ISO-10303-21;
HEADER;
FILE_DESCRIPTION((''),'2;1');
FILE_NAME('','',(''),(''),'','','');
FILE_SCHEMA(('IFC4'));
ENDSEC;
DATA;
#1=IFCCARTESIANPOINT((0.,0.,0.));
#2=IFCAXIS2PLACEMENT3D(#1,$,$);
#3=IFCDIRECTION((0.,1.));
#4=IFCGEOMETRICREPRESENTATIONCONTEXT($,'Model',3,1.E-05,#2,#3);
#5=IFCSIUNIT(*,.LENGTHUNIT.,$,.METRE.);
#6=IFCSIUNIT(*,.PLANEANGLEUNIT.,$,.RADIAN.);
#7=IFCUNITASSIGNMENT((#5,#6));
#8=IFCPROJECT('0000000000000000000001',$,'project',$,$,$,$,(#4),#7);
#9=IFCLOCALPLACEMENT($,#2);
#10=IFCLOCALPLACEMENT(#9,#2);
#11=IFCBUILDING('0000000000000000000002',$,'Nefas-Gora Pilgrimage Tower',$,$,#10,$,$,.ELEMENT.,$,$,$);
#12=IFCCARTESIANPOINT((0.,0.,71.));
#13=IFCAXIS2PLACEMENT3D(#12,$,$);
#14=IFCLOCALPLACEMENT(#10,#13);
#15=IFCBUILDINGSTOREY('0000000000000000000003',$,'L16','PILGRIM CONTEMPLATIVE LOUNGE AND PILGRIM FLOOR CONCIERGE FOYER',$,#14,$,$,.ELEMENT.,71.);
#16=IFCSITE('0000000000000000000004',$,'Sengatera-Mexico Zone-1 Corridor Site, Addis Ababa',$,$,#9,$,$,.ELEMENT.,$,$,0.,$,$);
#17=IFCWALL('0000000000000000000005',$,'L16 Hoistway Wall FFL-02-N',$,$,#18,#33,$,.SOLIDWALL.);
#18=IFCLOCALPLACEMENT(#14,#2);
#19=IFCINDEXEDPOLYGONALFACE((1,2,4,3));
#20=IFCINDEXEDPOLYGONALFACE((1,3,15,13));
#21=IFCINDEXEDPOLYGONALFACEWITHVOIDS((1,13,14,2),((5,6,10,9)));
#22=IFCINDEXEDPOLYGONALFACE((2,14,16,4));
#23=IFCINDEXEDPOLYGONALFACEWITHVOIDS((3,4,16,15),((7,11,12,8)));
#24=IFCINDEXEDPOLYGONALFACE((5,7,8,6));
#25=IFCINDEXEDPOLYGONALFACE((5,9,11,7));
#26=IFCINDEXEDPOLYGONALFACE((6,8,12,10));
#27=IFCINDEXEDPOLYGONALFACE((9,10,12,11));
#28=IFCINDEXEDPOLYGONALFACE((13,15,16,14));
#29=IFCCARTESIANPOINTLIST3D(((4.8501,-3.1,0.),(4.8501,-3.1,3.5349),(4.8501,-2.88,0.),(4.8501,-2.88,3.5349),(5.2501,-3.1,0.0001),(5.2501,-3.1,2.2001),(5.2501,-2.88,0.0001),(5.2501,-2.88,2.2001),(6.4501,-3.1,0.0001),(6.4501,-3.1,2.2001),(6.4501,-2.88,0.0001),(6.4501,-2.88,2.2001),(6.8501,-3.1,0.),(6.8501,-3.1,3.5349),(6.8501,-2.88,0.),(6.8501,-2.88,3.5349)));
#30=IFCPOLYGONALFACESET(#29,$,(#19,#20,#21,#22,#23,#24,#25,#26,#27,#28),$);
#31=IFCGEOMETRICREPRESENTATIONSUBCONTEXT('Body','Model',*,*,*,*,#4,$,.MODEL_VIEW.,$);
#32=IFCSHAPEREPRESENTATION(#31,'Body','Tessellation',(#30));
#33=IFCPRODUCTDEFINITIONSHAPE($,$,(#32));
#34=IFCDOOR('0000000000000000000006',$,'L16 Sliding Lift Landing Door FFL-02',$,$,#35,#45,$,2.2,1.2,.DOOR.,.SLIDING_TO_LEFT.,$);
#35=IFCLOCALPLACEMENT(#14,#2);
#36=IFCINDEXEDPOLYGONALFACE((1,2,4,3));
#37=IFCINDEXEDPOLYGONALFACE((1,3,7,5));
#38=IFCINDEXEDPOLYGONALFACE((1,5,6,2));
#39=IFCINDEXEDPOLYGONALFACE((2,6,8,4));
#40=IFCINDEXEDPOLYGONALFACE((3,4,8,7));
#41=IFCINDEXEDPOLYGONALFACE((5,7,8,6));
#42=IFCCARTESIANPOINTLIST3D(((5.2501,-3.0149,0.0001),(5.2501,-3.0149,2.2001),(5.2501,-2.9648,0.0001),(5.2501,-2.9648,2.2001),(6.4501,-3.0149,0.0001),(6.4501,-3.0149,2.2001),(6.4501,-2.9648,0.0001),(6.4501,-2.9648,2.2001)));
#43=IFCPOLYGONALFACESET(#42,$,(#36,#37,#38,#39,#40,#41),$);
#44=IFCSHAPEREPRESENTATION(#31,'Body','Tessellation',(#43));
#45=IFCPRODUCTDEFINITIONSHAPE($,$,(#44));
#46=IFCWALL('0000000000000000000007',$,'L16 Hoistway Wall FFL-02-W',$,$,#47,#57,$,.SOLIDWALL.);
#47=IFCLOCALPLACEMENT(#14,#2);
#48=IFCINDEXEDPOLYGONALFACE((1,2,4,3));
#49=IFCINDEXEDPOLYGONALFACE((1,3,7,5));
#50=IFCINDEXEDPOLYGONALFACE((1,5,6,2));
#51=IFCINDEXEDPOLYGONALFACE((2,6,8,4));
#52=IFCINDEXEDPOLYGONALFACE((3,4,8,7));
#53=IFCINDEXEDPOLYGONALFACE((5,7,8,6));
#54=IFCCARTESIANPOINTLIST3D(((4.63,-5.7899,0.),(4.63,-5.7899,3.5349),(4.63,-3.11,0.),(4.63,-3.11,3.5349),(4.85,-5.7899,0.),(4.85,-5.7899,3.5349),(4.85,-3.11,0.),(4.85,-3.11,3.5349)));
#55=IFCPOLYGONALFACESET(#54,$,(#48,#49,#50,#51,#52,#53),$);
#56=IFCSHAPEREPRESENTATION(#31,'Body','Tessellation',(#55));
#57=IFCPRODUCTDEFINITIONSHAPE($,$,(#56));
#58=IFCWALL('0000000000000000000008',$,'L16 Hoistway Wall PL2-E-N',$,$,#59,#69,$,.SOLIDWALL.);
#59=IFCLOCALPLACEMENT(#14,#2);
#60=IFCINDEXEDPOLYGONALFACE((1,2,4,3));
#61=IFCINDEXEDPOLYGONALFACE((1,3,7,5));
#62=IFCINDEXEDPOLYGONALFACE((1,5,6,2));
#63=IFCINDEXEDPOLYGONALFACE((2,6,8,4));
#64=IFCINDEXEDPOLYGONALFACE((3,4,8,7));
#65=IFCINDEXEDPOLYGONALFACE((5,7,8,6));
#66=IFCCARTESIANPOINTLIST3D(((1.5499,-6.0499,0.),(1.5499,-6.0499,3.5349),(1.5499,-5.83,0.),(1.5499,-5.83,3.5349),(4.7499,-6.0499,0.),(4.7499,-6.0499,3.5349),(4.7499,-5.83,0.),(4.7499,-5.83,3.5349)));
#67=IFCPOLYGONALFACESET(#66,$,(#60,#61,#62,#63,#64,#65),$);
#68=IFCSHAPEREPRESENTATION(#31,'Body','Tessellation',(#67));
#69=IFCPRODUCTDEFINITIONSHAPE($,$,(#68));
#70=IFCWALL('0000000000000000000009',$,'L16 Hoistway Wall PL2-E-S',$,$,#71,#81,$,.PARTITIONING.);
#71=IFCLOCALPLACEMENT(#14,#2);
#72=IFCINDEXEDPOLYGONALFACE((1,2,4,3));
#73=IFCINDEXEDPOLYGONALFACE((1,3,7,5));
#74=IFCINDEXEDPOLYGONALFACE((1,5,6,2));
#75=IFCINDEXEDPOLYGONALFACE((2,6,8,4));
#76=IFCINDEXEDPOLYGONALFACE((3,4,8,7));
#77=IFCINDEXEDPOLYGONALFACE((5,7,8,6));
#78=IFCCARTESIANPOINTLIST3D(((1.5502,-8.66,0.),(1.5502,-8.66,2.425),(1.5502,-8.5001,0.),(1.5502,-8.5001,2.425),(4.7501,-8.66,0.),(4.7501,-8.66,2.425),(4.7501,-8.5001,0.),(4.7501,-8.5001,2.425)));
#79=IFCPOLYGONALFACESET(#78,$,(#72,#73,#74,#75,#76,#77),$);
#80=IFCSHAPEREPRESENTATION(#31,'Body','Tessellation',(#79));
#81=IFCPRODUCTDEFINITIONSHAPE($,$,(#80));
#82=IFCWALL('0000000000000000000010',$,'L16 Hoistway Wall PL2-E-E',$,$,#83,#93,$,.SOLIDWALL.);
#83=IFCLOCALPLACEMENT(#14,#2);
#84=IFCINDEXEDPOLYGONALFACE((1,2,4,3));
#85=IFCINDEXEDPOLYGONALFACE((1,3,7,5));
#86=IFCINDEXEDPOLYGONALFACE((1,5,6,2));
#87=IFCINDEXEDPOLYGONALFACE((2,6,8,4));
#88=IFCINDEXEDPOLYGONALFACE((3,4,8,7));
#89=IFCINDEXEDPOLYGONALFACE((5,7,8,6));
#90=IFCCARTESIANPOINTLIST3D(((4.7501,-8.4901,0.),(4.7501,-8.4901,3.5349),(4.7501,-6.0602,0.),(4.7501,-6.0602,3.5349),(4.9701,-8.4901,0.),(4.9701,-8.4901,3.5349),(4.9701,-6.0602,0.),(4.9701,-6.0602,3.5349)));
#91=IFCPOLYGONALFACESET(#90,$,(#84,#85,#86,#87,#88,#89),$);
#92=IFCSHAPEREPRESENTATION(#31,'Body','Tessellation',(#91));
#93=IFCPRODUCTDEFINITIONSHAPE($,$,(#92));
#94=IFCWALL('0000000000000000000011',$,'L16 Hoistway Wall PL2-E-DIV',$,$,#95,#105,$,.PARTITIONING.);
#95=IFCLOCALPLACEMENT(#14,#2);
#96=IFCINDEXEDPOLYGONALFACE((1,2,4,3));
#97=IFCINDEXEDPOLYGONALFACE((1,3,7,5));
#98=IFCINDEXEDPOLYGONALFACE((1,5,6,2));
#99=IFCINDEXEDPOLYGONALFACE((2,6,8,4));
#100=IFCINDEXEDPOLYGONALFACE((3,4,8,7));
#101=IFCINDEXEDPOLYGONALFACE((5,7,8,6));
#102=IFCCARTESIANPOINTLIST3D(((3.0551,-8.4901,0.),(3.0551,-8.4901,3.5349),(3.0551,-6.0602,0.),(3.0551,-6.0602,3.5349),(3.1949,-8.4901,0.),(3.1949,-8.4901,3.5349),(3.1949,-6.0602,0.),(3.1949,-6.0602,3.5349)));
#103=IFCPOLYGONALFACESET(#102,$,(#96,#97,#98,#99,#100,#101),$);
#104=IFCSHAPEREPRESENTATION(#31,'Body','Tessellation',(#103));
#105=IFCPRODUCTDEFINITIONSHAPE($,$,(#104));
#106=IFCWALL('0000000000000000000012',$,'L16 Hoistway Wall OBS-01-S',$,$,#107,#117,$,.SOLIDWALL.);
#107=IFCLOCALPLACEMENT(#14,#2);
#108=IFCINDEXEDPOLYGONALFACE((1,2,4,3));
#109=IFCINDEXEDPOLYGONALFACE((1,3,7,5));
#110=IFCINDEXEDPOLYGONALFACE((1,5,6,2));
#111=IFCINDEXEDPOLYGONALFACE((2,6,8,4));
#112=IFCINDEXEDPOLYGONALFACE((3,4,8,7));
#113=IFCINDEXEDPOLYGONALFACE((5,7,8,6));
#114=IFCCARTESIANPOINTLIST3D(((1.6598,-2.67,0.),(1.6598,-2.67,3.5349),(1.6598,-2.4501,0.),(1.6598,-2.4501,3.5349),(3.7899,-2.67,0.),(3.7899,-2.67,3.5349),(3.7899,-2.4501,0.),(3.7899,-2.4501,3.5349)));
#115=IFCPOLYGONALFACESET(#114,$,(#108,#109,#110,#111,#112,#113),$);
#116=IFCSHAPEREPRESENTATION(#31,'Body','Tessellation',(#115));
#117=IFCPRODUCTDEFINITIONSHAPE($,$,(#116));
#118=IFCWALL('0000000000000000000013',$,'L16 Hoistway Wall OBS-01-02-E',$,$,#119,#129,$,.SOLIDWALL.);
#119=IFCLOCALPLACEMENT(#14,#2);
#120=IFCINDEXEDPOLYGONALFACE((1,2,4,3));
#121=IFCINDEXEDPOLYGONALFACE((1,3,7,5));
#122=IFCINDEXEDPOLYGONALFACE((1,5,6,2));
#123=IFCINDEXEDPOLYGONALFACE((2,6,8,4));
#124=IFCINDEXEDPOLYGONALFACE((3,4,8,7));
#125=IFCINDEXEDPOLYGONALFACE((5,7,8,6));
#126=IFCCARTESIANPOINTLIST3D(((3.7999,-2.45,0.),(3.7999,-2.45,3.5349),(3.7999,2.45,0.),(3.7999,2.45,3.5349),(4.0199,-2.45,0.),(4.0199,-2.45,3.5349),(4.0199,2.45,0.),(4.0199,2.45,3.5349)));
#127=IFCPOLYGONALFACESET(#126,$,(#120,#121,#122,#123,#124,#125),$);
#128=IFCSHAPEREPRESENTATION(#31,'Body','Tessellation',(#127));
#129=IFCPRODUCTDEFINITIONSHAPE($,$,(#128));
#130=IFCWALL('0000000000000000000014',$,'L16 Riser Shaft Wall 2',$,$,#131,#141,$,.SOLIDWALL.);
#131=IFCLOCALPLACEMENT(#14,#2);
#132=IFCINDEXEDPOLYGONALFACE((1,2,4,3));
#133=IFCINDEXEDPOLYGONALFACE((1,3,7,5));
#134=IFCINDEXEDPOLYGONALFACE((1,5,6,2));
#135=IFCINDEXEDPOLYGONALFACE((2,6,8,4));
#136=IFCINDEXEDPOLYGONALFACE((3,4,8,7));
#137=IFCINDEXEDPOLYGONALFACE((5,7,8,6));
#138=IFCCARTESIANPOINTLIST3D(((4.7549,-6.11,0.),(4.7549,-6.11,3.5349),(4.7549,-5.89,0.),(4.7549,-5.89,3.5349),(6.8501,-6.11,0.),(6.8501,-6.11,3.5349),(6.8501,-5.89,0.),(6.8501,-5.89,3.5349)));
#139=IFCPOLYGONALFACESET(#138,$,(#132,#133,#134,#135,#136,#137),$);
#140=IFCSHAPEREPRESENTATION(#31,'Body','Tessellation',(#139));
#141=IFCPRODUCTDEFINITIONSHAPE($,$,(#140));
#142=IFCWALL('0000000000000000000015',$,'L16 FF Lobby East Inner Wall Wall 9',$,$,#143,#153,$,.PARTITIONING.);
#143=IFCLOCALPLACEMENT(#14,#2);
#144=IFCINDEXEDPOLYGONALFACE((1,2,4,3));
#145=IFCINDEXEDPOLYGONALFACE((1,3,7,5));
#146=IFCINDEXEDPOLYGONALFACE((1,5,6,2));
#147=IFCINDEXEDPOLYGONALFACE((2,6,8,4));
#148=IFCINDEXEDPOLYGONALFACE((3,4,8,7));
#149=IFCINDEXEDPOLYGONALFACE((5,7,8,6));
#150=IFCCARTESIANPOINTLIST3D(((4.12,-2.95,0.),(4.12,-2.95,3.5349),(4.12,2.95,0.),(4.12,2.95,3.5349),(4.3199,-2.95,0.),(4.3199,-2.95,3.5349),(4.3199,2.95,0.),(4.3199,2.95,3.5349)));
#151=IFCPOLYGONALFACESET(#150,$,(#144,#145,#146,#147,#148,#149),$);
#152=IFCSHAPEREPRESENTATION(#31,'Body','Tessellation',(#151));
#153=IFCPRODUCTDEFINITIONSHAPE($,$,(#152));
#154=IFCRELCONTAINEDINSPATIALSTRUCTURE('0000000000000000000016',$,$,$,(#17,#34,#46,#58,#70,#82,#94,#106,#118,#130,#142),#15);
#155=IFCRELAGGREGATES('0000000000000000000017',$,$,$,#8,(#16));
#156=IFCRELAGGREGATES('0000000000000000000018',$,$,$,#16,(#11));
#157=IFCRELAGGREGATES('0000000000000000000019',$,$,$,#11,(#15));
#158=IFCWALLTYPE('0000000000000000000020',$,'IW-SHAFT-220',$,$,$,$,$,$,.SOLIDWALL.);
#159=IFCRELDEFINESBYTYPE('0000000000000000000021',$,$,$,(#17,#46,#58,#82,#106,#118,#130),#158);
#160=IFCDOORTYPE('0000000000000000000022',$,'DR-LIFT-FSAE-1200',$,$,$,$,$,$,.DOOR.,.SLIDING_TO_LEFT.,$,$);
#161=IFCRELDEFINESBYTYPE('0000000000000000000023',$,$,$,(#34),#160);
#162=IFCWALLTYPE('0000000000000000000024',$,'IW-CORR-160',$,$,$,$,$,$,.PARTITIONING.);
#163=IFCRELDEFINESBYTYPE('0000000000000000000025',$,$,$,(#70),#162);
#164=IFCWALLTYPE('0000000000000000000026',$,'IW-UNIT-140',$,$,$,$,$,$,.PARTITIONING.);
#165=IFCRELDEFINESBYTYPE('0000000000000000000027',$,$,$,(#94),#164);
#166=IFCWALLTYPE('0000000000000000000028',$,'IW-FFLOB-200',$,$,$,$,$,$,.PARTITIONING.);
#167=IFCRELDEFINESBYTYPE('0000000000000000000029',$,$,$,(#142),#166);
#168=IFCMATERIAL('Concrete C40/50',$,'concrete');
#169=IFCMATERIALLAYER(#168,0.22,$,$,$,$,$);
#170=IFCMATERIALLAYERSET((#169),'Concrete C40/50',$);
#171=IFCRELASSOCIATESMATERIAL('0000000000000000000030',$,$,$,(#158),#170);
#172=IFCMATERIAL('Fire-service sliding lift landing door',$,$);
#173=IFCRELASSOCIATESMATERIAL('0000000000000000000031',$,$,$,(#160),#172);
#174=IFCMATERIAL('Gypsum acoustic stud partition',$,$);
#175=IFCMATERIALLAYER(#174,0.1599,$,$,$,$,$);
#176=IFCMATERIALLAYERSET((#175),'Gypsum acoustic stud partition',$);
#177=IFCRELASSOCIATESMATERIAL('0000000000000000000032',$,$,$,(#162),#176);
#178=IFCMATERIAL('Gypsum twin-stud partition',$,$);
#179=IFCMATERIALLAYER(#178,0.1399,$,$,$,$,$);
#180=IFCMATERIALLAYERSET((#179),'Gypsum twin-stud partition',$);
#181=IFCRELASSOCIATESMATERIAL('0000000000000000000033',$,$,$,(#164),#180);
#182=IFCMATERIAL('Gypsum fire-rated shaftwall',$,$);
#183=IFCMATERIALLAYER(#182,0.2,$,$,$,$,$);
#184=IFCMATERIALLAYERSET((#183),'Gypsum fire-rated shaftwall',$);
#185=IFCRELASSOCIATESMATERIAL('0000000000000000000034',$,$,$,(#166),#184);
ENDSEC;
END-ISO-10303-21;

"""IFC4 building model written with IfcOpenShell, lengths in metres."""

from ifc_helpers import new_model, si_unit, direction, frame, frame_2d, origin, place, context, subcontext, project, spatial, rectangle, extrude, source, transform, mapped, material, layer, layer_set, type_object, element, fill, save


model = new_model("IFC4")

# Units and contexts
model_context = context("Model", 3, precision=1e-05, world=origin(), true_north=direction((0.0, 1.0)))
body_context = subcontext(model_context, "Body", "Model", "MODEL_VIEW")
ifc_project = project(units=[si_unit("LENGTHUNIT", "METRE"), si_unit("PLANEANGLEUNIT", "RADIAN")], contexts=[model_context])

# Site, building, storey
site_placement = place(None, origin())
site = spatial("IfcSite", under=ifc_project, at=site_placement, Name="Sengatera-Mexico Zone-1 Corridor Site, Addis Ababa", CompositionType="ELEMENT", RefElevation=0.0)
building_placement = place(site_placement, origin())
building = spatial("IfcBuilding", under=site, at=building_placement, Name="Nefas-Gora Pilgrimage Tower", CompositionType="ELEMENT")
storey_placement = place(building_placement, frame((0.0, 0.0, 71.0)))
storey = spatial("IfcBuildingStorey", under=building, at=storey_placement, Name="L16", Description="PILGRIM CONTEMPLATIVE LOUNGE AND PILGRIM FLOOR CONCIERGE FOYER", CompositionType="ELEMENT", Elevation=71.0)

# Wall, opening, door
ifc_material_1 = material(Name="Concrete C40/50", Category="concrete")
ifc_layer_1 = layer(ifc_material_1, 0.22)
ifc_layer_set_1 = layer_set([ifc_layer_1], Name="Concrete C40/50")
wall_type_1 = type_object("IfcWallType", Name="IW-SHAFT-220", PredefinedType="SOLIDWALL", material=ifc_layer_set_1)
shared_shape_1 = source(origin(), body_context, "Body", "SweptSolid", [
    extrude(rectangle(XDim=2.0, YDim=0.22, at=frame_2d((1.0, 0.0))), origin(), (0.0, 0.0, 1.0), 3.5349),
])
wall_1_placement = place(storey_placement, frame((6.8501, -2.99, 0.0), z_axis=(0.0, 0.0, 1.0), x_axis=(-1.0, 0.0, 0.0)))
wall_1 = element("IfcWall", 1, at=wall_1_placement, inside=storey, type_object=wall_type_1, Name="L16 Hoistway Wall FFL-02-N", PredefinedType="SOLIDWALL", context=body_context, shape_type="MappedRepresentation", body=[
    mapped(shared_shape_1, transform((0.0, 0.0, 0.0), x_axis=(1.0, 0.0, 0.0), y_axis=(0.0, 1.0, 0.0), z_axis=(0.0, 0.0, 1.0), scale=1.0)),
])
opening_1_placement = place(wall_1_placement, frame((0.3999, 0.0, 0.0)))
opening_1 = element("IfcOpeningElement", 2, at=opening_1_placement, cuts=wall_1, PredefinedType="OPENING", context=body_context, shape_type="SweptSolid", body=[
    extrude(rectangle(XDim=1.2, YDim=2.2, at=frame_2d((0.6001, 1.1001))), frame((0.0, 0.1199, 0.0), z_axis=(0.0, -1.0, 0.0), x_axis=(1.0, 0.0, 0.0)), (0.0, 0.0, 1.0), 0.24),
])
ifc_material_2 = material(Name="Fire-service sliding lift landing door")
door_type_1 = type_object("IfcDoorType", Name="DR-LIFT-FSAE-1200", OperationType="SLIDING_TO_LEFT", PredefinedType="DOOR", material=ifc_material_2)
shared_shape_2 = source(origin(), body_context, "Body", "SweptSolid", [
    extrude(rectangle(XDim=1.2, YDim=2.2, at=frame_2d((0.6001, 1.1001))), frame((0.0, 0.0249, 0.0), z_axis=(0.0, -1.0, 0.0), x_axis=(1.0, 0.0, 0.0)), (0.0, 0.0, 1.0), 0.05),
])
door_1_placement = place(opening_1_placement, origin())
door_1 = element("IfcDoor", 3, at=door_1_placement, inside=storey, type_object=door_type_1, Name="L16 Sliding Lift Landing Door FFL-02", OperationType="SLIDING_TO_LEFT", OverallHeight=2.2, OverallWidth=1.2, PredefinedType="DOOR", context=body_context, shape_type="MappedRepresentation", body=[
    mapped(shared_shape_2, transform((0.0, 0.0, 0.0), x_axis=(1.0, 0.0, 0.0), y_axis=(0.0, 1.0, 0.0), z_axis=(0.0, 0.0, 1.0), scale=1.0)),
])
fill(opening_1, door_1)

# Walls
shared_shape_3 = source(origin(), body_context, "Body", "SweptSolid", [
    extrude(rectangle(XDim=2.6799, YDim=0.22, at=frame_2d((1.3398, 0.0))), origin(), (0.0, 0.0, 1.0), 3.5349),
])
wall_2_placement = place(storey_placement, frame((4.74, -3.1101, 0.0), z_axis=(0.0, 0.0, 1.0), x_axis=(0.0, -1.0, 0.0)))
element("IfcWall", 4, at=wall_2_placement, inside=storey, type_object=wall_type_1, Name="L16 Hoistway Wall FFL-02-W", PredefinedType="SOLIDWALL", context=body_context, shape_type="MappedRepresentation", body=[
    mapped(shared_shape_3, transform((0.0, 0.0, 0.0), x_axis=(1.0, 0.0, 0.0), y_axis=(0.0, 1.0, 0.0), z_axis=(0.0, 0.0, 1.0), scale=1.0)),
])
shared_shape_4 = source(origin(), body_context, "Body", "SweptSolid", [
    extrude(rectangle(XDim=3.2, YDim=0.22, at=frame_2d((1.6001, 0.0))), origin(), (0.0, 0.0, 1.0), 3.5349),
])
wall_3_placement = place(storey_placement, frame((4.75, -5.9399, 0.0), z_axis=(0.0, 0.0, 1.0), x_axis=(-1.0, 0.0, 0.0)))
element("IfcWall", 5, at=wall_3_placement, inside=storey, type_object=wall_type_1, Name="L16 Hoistway Wall PL2-E-N", PredefinedType="SOLIDWALL", context=body_context, shape_type="MappedRepresentation", body=[
    mapped(shared_shape_4, transform((0.0, 0.0, 0.0), x_axis=(1.0, 0.0, 0.0), y_axis=(0.0, 1.0, 0.0), z_axis=(0.0, 0.0, 1.0), scale=1.0)),
])
ifc_material_3 = material(Name="Gypsum acoustic stud partition")
ifc_layer_2 = layer(ifc_material_3, 0.1599)
ifc_layer_set_2 = layer_set([ifc_layer_2], Name="Gypsum acoustic stud partition")
wall_type_2 = type_object("IfcWallType", Name="IW-CORR-160", PredefinedType="PARTITIONING", material=ifc_layer_set_2)
shared_shape_5 = source(origin(), body_context, "Body", "SweptSolid", [
    extrude(rectangle(XDim=3.2, YDim=0.1599, at=frame_2d((1.6001, 0.0))), origin(), (0.0, 0.0, 1.0), 2.425),
])
wall_4_placement = place(storey_placement, frame((1.55, -8.5801, 0.0), z_axis=(0.0, 0.0, 1.0), x_axis=(1.0, 0.0, 0.0)))
element("IfcWall", 6, at=wall_4_placement, inside=storey, type_object=wall_type_2, Name="L16 Hoistway Wall PL2-E-S", PredefinedType="PARTITIONING", context=body_context, shape_type="MappedRepresentation", body=[
    mapped(shared_shape_5, transform((0.0, 0.0, 0.0), x_axis=(1.0, 0.0, 0.0), y_axis=(0.0, 1.0, 0.0), z_axis=(0.0, 0.0, 1.0), scale=1.0)),
])
shared_shape_6 = source(origin(), body_context, "Body", "SweptSolid", [
    extrude(rectangle(XDim=2.4299, YDim=0.22, at=frame_2d((1.2148, 0.0))), origin(), (0.0, 0.0, 1.0), 3.5349),
])
for number, where, z_axis, x_axis, name in (
    (7, (4.8601, -8.49, 0.0), (0.0, 0.0, 1.0), (0.0, 1.0, 0.0), "L16 Hoistway Wall PL2-E-E"),
):
    element("IfcWall", number, at=place(storey_placement, frame(where, z_axis=z_axis, x_axis=x_axis)), inside=storey, type_object=wall_type_1, Name=name, PredefinedType="SOLIDWALL", context=body_context, shape_type="MappedRepresentation", body=[
        mapped(shared_shape_6, transform((0.0, 0.0, 0.0), x_axis=(1.0, 0.0, 0.0), y_axis=(0.0, 1.0, 0.0), z_axis=(0.0, 0.0, 1.0), scale=1.0)),
    ])
ifc_material_4 = material(Name="Gypsum twin-stud partition")
ifc_layer_3 = layer(ifc_material_4, 0.1399)
ifc_layer_set_3 = layer_set([ifc_layer_3], Name="Gypsum twin-stud partition")
wall_type_3 = type_object("IfcWallType", Name="IW-UNIT-140", PredefinedType="PARTITIONING", material=ifc_layer_set_3)
shared_shape_7 = source(origin(), body_context, "Body", "SweptSolid", [
    extrude(rectangle(XDim=2.4299, YDim=0.1399, at=frame_2d((1.2148, 0.0))), origin(), (0.0, 0.0, 1.0), 3.5349),
])
wall_5_placement = place(storey_placement, frame((3.125, -8.49, 0.0), z_axis=(0.0, 0.0, 1.0), x_axis=(0.0, 1.0, 0.0)))
element("IfcWall", 8, at=wall_5_placement, inside=storey, type_object=wall_type_3, Name="L16 Hoistway Wall PL2-E-DIV", PredefinedType="PARTITIONING", context=body_context, shape_type="MappedRepresentation", body=[
    mapped(shared_shape_7, transform((0.0, 0.0, 0.0), x_axis=(1.0, 0.0, 0.0), y_axis=(0.0, 1.0, 0.0), z_axis=(0.0, 0.0, 1.0), scale=1.0)),
])
shared_shape_8 = source(origin(), body_context, "Body", "SweptSolid", [
    extrude(rectangle(XDim=2.1301, YDim=0.22, at=frame_2d((1.0649, 0.0))), origin(), (0.0, 0.0, 1.0), 3.5349),
])
wall_6_placement = place(storey_placement, frame((1.6599, -2.5601, 0.0), z_axis=(0.0, 0.0, 1.0), x_axis=(1.0, 0.0, 0.0)))
element("IfcWall", 9, at=wall_6_placement, inside=storey, type_object=wall_type_1, Name="L16 Hoistway Wall OBS-01-S", PredefinedType="SOLIDWALL", context=body_context, shape_type="MappedRepresentation", body=[
    mapped(shared_shape_8, transform((0.0, 0.0, 0.0), x_axis=(1.0, 0.0, 0.0), y_axis=(0.0, 1.0, 0.0), z_axis=(0.0, 0.0, 1.0), scale=1.0)),
])
shared_shape_9 = source(origin(), body_context, "Body", "SweptSolid", [
    extrude(rectangle(XDim=4.8999, YDim=0.22, at=frame_2d((2.45, 0.0))), origin(), (0.0, 0.0, 1.0), 3.5349),
])
wall_7_placement = place(storey_placement, frame((3.9099, -2.45, 0.0), z_axis=(0.0, 0.0, 1.0), x_axis=(0.0, 1.0, 0.0)))
element("IfcWall", 10, at=wall_7_placement, inside=storey, type_object=wall_type_1, Name="L16 Hoistway Wall OBS-01-02-E", PredefinedType="SOLIDWALL", context=body_context, shape_type="MappedRepresentation", body=[
    mapped(shared_shape_9, transform((0.0, 0.0, 0.0), x_axis=(1.0, 0.0, 0.0), y_axis=(0.0, 1.0, 0.0), z_axis=(0.0, 0.0, 1.0), scale=1.0)),
])
shared_shape_10 = source(origin(), body_context, "Body", "SweptSolid", [
    extrude(rectangle(XDim=2.0952, YDim=0.22, at=frame_2d((1.0476, 0.0))), origin(), (0.0, 0.0, 1.0), 3.5349),
])
wall_8_placement = place(storey_placement, frame((4.7549, -6.0, 0.0), z_axis=(0.0, 0.0, 1.0), x_axis=(1.0, 0.0, 0.0)))
element("IfcWall", 11, at=wall_8_placement, inside=storey, type_object=wall_type_1, Name="L16 Riser Shaft Wall 2", PredefinedType="SOLIDWALL", context=body_context, shape_type="MappedRepresentation", body=[
    mapped(shared_shape_10, transform((0.0, 0.0, 0.0), x_axis=(1.0, 0.0, 0.0), y_axis=(0.0, 1.0, 0.0), z_axis=(0.0, 0.0, 1.0), scale=1.0)),
])
ifc_material_5 = material(Name="Gypsum fire-rated shaftwall")
ifc_layer_4 = layer(ifc_material_5, 0.2)
ifc_layer_set_4 = layer_set([ifc_layer_4], Name="Gypsum fire-rated shaftwall")
wall_type_4 = type_object("IfcWallType", Name="IW-FFLOB-200", PredefinedType="PARTITIONING", material=ifc_layer_set_4)
shared_shape_11 = source(origin(), body_context, "Body", "SweptSolid", [
    extrude(rectangle(XDim=5.8999, YDim=0.2, at=frame_2d((2.95, 0.0))), origin(), (0.0, 0.0, 1.0), 3.5349),
])
wall_9_placement = place(storey_placement, frame((4.22, -2.95, 0.0), z_axis=(0.0, 0.0, 1.0), x_axis=(0.0, 1.0, 0.0)))
element("IfcWall", 12, at=wall_9_placement, inside=storey, type_object=wall_type_4, Name="L16 FF Lobby East Inner Wall Wall 9", PredefinedType="PARTITIONING", context=body_context, shape_type="MappedRepresentation", body=[
    mapped(shared_shape_11, transform((0.0, 0.0, 0.0), x_axis=(1.0, 0.0, 0.0), y_axis=(0.0, 1.0, 0.0), z_axis=(0.0, 0.0, 1.0), scale=1.0)),
])

save(model, "model.ifc")
